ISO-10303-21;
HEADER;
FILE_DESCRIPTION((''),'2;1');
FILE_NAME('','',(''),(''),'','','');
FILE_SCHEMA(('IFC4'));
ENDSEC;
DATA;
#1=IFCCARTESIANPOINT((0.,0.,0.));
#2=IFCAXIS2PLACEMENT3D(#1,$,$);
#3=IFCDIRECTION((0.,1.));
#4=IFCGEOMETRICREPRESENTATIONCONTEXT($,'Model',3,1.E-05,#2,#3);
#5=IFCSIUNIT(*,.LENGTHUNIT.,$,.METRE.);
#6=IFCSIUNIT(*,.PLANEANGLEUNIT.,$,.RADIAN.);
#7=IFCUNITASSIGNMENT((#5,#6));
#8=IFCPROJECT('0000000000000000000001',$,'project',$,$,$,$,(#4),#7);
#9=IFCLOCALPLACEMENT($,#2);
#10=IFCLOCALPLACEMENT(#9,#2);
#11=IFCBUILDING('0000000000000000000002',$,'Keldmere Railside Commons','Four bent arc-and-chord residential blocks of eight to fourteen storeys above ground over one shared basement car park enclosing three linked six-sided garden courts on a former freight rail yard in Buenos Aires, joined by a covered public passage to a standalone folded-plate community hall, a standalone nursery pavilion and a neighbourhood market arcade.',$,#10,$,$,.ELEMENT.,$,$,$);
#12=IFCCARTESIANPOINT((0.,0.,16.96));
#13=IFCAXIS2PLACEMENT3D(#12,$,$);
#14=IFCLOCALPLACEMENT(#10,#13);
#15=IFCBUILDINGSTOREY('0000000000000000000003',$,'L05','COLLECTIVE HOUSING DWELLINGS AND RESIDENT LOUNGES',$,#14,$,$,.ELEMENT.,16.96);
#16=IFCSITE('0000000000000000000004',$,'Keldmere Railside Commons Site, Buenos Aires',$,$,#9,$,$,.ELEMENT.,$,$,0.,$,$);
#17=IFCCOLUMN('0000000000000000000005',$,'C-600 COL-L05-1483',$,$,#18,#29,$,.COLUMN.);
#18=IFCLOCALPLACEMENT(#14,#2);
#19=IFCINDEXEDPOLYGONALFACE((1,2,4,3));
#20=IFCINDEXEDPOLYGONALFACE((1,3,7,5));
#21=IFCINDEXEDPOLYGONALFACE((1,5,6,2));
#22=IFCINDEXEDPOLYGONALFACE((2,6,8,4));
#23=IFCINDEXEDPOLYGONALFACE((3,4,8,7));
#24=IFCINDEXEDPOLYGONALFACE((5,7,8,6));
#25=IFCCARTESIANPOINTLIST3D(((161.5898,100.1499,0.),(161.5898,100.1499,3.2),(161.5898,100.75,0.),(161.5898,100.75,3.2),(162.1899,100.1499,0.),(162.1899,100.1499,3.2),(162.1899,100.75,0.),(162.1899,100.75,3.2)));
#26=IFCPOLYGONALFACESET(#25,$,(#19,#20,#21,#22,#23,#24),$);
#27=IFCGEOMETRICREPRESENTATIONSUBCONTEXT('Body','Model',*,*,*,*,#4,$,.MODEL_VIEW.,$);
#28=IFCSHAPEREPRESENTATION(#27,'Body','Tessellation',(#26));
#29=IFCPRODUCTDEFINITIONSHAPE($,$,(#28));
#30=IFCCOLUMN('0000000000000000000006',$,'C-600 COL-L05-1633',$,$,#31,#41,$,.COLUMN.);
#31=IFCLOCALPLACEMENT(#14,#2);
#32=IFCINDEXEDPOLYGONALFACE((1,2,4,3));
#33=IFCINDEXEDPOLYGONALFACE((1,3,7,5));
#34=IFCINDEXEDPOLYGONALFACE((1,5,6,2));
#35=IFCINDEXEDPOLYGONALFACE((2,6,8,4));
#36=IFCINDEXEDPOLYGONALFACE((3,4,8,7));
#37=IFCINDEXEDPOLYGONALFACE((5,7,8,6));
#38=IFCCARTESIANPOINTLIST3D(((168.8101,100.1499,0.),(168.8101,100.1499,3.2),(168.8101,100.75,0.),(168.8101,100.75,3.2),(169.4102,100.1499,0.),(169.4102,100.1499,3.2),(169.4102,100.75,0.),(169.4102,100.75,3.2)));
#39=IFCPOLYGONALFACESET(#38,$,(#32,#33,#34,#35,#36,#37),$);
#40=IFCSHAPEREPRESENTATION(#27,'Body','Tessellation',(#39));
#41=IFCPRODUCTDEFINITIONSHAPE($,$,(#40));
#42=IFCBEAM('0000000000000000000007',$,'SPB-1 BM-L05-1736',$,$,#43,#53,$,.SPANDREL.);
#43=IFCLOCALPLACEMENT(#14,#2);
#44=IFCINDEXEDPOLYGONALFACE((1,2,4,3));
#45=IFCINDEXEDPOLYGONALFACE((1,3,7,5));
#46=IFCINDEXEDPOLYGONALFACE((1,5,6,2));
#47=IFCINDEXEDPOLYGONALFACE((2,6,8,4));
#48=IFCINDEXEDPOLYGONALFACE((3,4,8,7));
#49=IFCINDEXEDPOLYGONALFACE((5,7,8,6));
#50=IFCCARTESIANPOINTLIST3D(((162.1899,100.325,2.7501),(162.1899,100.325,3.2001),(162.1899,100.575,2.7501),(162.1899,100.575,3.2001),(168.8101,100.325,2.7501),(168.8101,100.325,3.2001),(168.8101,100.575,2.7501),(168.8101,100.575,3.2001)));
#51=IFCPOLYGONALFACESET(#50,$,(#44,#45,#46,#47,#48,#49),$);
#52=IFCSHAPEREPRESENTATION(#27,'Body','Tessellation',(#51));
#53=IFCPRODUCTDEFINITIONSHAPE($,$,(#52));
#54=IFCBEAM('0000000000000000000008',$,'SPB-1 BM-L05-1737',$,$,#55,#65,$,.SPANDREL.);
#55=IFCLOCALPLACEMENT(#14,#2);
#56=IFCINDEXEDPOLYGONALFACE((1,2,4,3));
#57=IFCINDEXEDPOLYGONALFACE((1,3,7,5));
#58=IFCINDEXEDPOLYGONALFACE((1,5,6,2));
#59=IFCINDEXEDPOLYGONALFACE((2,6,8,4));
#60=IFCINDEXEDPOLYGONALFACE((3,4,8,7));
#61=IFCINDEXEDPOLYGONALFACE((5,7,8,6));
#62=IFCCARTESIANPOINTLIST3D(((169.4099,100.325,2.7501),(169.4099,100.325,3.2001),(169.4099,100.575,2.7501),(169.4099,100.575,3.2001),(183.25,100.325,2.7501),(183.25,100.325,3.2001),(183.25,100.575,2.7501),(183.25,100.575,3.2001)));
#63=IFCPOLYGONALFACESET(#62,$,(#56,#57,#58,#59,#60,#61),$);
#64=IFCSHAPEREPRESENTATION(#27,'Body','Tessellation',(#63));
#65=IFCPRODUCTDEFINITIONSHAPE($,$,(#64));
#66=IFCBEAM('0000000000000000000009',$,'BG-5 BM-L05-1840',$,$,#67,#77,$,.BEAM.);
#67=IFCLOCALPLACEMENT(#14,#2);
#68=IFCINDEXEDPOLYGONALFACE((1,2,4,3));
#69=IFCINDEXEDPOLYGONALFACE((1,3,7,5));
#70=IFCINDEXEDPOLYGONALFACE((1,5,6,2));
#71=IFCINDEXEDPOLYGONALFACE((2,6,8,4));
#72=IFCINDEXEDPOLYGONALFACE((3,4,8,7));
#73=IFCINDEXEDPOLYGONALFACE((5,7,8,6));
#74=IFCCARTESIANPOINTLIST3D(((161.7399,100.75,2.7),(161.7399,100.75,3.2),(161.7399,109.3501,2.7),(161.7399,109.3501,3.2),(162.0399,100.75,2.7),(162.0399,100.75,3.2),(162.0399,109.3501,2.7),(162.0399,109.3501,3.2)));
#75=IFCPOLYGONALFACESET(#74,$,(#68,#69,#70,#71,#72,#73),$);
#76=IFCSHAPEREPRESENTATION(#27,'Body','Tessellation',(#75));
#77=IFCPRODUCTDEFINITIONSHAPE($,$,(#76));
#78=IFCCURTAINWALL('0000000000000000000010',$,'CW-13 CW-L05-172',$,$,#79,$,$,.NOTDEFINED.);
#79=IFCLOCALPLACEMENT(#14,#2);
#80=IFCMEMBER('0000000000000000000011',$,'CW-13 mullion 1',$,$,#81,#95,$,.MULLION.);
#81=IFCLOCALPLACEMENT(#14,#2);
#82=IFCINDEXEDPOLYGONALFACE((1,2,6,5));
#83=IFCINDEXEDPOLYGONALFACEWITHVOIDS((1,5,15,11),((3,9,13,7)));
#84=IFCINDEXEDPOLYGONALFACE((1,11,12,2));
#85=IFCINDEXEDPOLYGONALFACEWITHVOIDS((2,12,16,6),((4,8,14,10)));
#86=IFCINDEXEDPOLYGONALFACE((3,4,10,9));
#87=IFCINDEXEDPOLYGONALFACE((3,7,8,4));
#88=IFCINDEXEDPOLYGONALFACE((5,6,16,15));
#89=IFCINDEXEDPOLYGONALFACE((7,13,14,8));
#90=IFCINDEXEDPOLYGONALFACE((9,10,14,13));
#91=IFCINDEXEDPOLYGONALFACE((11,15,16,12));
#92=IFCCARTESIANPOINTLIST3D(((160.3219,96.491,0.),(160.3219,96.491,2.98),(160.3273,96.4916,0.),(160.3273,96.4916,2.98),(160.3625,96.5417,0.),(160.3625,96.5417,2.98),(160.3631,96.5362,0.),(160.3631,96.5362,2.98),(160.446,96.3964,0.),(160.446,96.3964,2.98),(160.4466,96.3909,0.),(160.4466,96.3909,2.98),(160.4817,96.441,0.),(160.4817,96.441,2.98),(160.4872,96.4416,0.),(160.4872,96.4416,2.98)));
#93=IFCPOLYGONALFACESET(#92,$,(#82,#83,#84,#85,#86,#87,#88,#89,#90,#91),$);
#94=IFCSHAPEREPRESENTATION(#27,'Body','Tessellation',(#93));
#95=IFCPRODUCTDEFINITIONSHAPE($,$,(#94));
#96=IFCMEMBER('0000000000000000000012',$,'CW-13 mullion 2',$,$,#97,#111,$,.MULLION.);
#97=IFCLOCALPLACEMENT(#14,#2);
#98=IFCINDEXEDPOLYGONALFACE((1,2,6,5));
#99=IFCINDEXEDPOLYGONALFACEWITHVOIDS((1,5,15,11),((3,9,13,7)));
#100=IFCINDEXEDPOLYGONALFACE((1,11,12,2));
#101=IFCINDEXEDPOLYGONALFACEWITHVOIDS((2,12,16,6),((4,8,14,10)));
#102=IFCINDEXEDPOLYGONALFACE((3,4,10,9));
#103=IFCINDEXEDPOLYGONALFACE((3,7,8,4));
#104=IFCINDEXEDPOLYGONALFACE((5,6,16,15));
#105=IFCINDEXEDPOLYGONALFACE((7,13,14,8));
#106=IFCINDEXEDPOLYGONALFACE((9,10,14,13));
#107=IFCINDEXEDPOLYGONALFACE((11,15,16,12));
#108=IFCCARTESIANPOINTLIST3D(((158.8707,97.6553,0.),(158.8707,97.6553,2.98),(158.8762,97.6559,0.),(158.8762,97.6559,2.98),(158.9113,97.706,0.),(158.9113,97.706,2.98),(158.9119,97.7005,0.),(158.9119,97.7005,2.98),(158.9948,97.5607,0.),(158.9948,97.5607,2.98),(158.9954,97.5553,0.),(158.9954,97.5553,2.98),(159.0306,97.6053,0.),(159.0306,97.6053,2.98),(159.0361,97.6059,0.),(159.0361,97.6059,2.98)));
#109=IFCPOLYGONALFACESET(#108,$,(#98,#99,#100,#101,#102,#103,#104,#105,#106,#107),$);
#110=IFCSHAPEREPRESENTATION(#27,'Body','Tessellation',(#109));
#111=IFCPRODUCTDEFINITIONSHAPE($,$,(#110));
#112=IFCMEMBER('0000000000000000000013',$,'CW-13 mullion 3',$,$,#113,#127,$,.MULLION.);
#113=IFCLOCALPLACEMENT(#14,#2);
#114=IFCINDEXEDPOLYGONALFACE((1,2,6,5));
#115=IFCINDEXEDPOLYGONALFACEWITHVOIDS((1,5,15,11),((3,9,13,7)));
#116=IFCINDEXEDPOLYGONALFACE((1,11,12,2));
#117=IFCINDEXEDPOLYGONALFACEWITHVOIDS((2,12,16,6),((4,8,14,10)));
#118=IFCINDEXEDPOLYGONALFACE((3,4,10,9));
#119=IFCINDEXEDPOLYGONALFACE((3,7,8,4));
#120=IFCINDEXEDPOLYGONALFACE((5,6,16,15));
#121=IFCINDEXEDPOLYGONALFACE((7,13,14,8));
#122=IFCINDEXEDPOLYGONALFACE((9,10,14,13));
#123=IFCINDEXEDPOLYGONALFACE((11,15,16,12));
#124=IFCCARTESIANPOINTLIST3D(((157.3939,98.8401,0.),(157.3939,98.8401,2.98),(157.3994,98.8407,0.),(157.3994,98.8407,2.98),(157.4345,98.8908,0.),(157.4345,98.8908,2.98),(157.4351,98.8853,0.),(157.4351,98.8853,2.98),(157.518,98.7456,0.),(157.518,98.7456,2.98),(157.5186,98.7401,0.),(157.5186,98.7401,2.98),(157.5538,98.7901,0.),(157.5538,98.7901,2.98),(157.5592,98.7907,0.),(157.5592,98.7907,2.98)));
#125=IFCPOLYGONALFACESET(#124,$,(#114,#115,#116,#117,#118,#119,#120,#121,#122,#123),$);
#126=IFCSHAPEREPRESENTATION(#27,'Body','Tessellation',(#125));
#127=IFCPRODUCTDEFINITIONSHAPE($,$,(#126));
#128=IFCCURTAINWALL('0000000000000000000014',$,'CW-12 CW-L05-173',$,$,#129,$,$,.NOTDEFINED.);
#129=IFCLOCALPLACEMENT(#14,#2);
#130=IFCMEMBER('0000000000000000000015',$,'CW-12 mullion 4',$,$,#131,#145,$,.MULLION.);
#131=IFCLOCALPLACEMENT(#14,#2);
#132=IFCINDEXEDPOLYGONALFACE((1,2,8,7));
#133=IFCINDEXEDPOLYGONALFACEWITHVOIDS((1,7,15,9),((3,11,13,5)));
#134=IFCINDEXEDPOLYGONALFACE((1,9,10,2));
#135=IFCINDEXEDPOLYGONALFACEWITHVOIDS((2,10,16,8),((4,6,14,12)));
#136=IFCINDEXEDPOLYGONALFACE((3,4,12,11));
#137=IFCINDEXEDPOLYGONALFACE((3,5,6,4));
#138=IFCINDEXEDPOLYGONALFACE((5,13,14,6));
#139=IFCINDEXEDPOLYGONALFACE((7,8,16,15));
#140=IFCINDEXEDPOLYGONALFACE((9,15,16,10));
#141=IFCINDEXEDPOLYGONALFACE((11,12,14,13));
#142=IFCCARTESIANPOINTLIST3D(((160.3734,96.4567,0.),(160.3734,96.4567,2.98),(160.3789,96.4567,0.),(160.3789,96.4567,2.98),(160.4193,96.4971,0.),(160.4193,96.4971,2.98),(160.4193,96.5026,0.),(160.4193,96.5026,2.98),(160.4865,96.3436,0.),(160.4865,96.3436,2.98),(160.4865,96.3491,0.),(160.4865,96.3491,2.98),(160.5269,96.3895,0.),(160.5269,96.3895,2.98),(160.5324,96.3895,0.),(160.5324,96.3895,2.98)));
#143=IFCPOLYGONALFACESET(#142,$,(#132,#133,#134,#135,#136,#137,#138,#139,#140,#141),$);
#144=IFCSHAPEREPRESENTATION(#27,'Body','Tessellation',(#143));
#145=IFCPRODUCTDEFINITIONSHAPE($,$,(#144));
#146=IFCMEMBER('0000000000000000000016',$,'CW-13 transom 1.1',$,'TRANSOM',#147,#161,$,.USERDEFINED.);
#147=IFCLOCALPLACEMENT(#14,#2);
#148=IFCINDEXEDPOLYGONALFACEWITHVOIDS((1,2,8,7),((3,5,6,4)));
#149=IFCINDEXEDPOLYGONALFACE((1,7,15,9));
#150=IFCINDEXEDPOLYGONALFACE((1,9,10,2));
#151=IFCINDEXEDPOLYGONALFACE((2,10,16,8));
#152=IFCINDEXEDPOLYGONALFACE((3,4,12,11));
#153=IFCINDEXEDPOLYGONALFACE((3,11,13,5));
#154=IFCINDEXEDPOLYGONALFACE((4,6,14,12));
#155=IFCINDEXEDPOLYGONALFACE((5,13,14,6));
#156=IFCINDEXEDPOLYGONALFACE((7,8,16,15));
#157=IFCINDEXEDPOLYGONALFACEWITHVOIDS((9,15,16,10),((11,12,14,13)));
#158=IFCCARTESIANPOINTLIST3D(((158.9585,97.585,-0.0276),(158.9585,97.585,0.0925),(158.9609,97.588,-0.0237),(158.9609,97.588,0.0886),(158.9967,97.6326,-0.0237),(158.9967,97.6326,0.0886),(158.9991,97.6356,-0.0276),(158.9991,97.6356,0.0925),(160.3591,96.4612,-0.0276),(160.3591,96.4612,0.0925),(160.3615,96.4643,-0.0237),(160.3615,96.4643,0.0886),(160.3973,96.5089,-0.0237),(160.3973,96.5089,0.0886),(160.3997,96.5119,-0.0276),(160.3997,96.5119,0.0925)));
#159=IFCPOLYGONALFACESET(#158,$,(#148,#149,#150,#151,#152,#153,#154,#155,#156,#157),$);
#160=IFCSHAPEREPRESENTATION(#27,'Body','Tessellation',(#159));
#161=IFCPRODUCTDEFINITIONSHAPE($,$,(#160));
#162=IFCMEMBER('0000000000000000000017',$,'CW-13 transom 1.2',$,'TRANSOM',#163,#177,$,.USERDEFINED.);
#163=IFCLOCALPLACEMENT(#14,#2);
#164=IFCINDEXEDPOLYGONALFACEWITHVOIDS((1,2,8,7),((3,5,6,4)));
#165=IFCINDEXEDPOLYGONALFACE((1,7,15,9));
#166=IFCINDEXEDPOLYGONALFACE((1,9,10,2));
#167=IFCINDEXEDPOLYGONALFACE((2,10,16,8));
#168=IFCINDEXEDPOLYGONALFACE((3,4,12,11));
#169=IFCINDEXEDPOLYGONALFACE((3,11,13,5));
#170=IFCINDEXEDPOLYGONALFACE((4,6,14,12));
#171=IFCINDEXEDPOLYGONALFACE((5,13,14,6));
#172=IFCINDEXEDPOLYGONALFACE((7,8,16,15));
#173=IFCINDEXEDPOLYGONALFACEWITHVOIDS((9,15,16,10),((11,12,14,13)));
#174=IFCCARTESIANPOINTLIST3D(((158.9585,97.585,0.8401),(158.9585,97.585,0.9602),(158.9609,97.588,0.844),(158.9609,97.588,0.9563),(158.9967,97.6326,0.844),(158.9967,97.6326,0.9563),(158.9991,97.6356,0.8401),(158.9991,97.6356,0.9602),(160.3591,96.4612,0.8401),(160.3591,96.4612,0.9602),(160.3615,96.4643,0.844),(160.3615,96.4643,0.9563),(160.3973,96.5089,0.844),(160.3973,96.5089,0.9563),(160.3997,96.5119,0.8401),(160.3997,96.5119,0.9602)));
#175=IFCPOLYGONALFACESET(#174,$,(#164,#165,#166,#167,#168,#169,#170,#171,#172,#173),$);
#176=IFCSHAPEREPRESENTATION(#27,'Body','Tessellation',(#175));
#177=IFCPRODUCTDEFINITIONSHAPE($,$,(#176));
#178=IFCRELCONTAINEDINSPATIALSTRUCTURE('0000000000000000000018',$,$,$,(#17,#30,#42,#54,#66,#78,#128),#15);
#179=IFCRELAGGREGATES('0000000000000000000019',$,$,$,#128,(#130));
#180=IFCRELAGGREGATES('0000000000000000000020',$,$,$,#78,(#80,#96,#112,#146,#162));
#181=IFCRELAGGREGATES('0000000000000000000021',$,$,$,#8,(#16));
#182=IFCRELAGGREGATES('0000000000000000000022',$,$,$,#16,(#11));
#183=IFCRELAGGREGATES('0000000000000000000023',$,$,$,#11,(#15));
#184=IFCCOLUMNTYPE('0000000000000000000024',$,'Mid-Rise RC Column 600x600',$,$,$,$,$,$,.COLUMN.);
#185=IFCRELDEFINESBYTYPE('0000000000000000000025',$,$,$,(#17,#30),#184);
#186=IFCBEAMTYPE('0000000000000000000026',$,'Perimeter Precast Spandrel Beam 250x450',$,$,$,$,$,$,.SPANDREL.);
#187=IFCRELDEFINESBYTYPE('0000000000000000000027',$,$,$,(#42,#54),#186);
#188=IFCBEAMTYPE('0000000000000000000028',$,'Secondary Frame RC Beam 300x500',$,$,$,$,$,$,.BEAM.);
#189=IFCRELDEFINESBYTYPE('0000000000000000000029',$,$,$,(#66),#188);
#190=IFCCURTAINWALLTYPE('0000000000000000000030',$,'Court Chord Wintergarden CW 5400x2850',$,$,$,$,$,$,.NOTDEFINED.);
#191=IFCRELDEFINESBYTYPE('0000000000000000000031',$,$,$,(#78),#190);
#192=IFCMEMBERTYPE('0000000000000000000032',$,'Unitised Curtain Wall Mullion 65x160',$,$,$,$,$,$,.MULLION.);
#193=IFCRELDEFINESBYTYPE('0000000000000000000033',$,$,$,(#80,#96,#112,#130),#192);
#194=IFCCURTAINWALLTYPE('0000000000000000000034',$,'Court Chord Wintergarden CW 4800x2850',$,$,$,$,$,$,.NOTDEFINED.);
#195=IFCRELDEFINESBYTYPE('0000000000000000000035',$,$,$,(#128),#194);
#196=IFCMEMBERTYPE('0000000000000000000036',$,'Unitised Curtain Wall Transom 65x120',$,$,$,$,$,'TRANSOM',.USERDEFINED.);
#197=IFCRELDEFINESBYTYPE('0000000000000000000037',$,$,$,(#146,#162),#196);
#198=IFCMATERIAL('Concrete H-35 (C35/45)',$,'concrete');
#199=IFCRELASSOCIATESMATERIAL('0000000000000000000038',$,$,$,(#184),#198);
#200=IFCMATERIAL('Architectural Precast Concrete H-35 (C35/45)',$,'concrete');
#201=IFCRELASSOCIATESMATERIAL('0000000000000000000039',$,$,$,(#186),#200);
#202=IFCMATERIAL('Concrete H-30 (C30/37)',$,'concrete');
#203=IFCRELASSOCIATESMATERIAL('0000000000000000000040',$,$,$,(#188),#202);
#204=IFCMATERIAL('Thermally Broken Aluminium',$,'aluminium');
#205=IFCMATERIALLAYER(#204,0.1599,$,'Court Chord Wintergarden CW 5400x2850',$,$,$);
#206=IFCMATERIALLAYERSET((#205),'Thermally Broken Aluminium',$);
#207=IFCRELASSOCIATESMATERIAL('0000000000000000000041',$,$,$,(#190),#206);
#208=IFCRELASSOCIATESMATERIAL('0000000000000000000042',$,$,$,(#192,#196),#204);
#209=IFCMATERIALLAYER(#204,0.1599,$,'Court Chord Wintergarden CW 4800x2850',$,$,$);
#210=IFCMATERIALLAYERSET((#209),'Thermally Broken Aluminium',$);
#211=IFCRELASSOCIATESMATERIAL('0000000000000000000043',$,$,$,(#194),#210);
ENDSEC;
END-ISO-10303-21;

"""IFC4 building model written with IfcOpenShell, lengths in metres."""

from ifc_helpers import new_model, si_unit, direction, frame, origin, origin_2d, place, context, subcontext, project, spatial, rectangle, hollow_rectangle, extrude, material, layer, layer_set, material_profile, profile_set, type_object, element, aggregate, save


model = new_model("IFC4")

# Units and contexts
model_context = context("Model", 3, precision=1e-05, world=origin(), true_north=direction((0.0, 1.0)))
body_context = subcontext(model_context, "Body", "Model", "MODEL_VIEW")
ifc_project = project(units=[si_unit("LENGTHUNIT", "METRE"), si_unit("PLANEANGLEUNIT", "RADIAN")], contexts=[model_context])

# Site, building, storey
site_placement = place(None, origin())
site = spatial("IfcSite", under=ifc_project, at=site_placement, Name="Keldmere Railside Commons Site, Buenos Aires", CompositionType="ELEMENT", RefElevation=0.0)
building_placement = place(site_placement, origin())
building = spatial("IfcBuilding", under=site, at=building_placement, Name="Keldmere Railside Commons", Description="Four bent arc-and-chord residential blocks of eight to fourteen storeys above ground over one shared basement car park enclosing three linked six-sided garden courts on a former freight rail yard in Buenos Aires, joined by a covered public passage to a standalone folded-plate community hall, a standalone nursery pavilion and a neighbourhood market arcade.", CompositionType="ELEMENT")
storey_placement = place(building_placement, frame((0.0, 0.0, 16.96)))
storey = spatial("IfcBuildingStorey", under=building, at=storey_placement, Name="L05", Description="COLLECTIVE HOUSING DWELLINGS AND RESIDENT LOUNGES", CompositionType="ELEMENT", Elevation=16.96)

# Columns
ifc_material_1 = material(Name="Concrete H-35 (C35/45)", Category="concrete")
ifc_material_profile_1 = material_profile(ifc_material_1, rectangle(XDim=0.6001, YDim=0.6001, at=origin_2d()), Name="RC-600x600")
ifc_profile_set_1 = profile_set([ifc_material_profile_1], Name="Concrete H-35 (C35/45)")
column_type = type_object("IfcColumnType", Name="Mid-Rise RC Column 600x600", PredefinedType="COLUMN", material=ifc_profile_set_1)
for number, where, z_axis, x_axis, name in (
    (1, (161.8899, 100.45, 0.0), (0.0, 0.0, 1.0), (1.0, 0.0, 0.0), "C-600 COL-L05-1483"),
    (2, (169.1101, 100.45, 0.0), (0.0, 0.0, 1.0), (1.0, 0.0, 0.0), "C-600 COL-L05-1633"),
):
    element("IfcColumn", number, at=place(storey_placement, frame(where, z_axis=z_axis, x_axis=x_axis)), inside=storey, type_object=column_type, Name=name, PredefinedType="COLUMN", context=body_context, shape_type="SweptSolid", body=[
        extrude(rectangle(XDim=0.6001, YDim=0.6001, at=origin_2d()), origin(), (0.0, 0.0, 1.0), 3.2),
    ])

# Beams
ifc_material_2 = material(Name="Architectural Precast Concrete H-35 (C35/45)", Category="concrete")
ifc_material_profile_2 = material_profile(ifc_material_2, rectangle(XDim=0.25, YDim=0.45, at=origin_2d()), Name="RC-250x450")
ifc_profile_set_2 = profile_set([ifc_material_profile_2], Name="Architectural Precast Concrete H-35 (C35/45)")
beam_type_1 = type_object("IfcBeamType", Name="Perimeter Precast Spandrel Beam 250x450", PredefinedType="SPANDREL", material=ifc_profile_set_2)
beam_1_placement = place(storey_placement, frame((162.1899, 100.45, 2.9751), z_axis=(1.0, 0.0, 0.0), x_axis=(0.0, 1.0, 0.0)))
element("IfcBeam", 3, at=beam_1_placement, inside=storey, type_object=beam_type_1, Name="SPB-1 BM-L05-1736", PredefinedType="SPANDREL", context=body_context, shape_type="SweptSolid", body=[
    extrude(rectangle(XDim=0.25, YDim=0.45, at=origin_2d()), origin(), (0.0, 0.0, 1.0), 6.6201),
])
beam_2_placement = place(storey_placement, frame((169.4099, 100.45, 2.9751), z_axis=(1.0, 0.0, 0.0), x_axis=(0.0, 1.0, 0.0)))
element("IfcBeam", 4, at=beam_2_placement, inside=storey, type_object=beam_type_1, Name="SPB-1 BM-L05-1737", PredefinedType="SPANDREL", context=body_context, shape_type="SweptSolid", body=[
    extrude(rectangle(XDim=0.25, YDim=0.45, at=origin_2d()), origin(), (0.0, 0.0, 1.0), 13.8401),
])
ifc_material_3 = material(Name="Concrete H-30 (C30/37)", Category="concrete")
ifc_material_profile_3 = material_profile(ifc_material_3, rectangle(XDim=0.3, YDim=0.5, at=origin_2d()), Name="RC-300x500")
ifc_profile_set_3 = profile_set([ifc_material_profile_3], Name="Concrete H-30 (C30/37)")
beam_type_2 = type_object("IfcBeamType", Name="Secondary Frame RC Beam 300x500", PredefinedType="BEAM", material=ifc_profile_set_3)
beam_3_placement = place(storey_placement, frame((161.8899, 100.75, 2.95), z_axis=(0.0, 1.0, 0.0), x_axis=(-1.0, 0.0, 0.0)))
element("IfcBeam", 5, at=beam_3_placement, inside=storey, type_object=beam_type_2, Name="BG-5 BM-L05-1840", PredefinedType="BEAM", context=body_context, shape_type="SweptSolid", body=[
    extrude(rectangle(XDim=0.3, YDim=0.5, at=origin_2d()), origin(), (0.0, 0.0, 1.0), 8.6001),
])

# Curtain wall, members
ifc_material_4 = material(Name="Thermally Broken Aluminium", Category="aluminium")
ifc_layer_1 = layer(ifc_material_4, 0.1599, Name="Court Chord Wintergarden CW 5400x2850")
ifc_layer_set_1 = layer_set([ifc_layer_1], Name="Thermally Broken Aluminium")
curtain_wall_type_1 = type_object("IfcCurtainWallType", Name="Court Chord Wintergarden CW 5400x2850", PredefinedType="NOTDEFINED", material=ifc_layer_set_1)
curtain_wall_1_placement = place(storey_placement, origin())
curtain_wall_1 = element("IfcCurtainWall", 6, at=curtain_wall_1_placement, inside=storey, type_object=curtain_wall_type_1, Name="CW-13 CW-L05-172", PredefinedType="NOTDEFINED")
ifc_material_profile_4 = material_profile(ifc_material_4, hollow_rectangle(XDim=0.0649, YDim=0.1599, WallThickness=0.0039, at=origin_2d()), Name="ALU-MULL-65x160")
ifc_profile_set_4 = profile_set([ifc_material_profile_4], Name="Thermally Broken Aluminium")
member_type_1 = type_object("IfcMemberType", Name="Unitised Curtain Wall Mullion 65x160", PredefinedType="MULLION", material=ifc_profile_set_4)
member_1_placement = place(storey_placement, frame((160.4045, 96.4663, 0.0), z_axis=(0.0, 0.0, 1.0), x_axis=(-0.625768, -0.780009, 0.0)))
member_1 = element("IfcMember", 7, at=member_1_placement, type_object=member_type_1, Name="CW-13 mullion 1", PredefinedType="MULLION", context=body_context, shape_type="SweptSolid", body=[
    extrude(hollow_rectangle(XDim=0.0649, YDim=0.1599, WallThickness=0.0039, at=origin_2d()), origin(), (0.0, 0.0, 1.0), 2.98),
])
member_2_placement = place(storey_placement, frame((158.9534, 97.6306, 0.0), z_axis=(0.0, 0.0, 1.0), x_axis=(-0.625768, -0.780009, 0.0)))
member_2 = element("IfcMember", 8, at=member_2_placement, type_object=member_type_1, Name="CW-13 mullion 2", PredefinedType="MULLION", context=body_context, shape_type="SweptSolid", body=[
    extrude(hollow_rectangle(XDim=0.0649, YDim=0.1599, WallThickness=0.0039, at=origin_2d()), origin(), (0.0, 0.0, 1.0), 2.98),
])
member_3_placement = place(storey_placement, frame((157.4766, 98.8154, 0.0), z_axis=(0.0, 0.0, 1.0), x_axis=(-0.625768, -0.780009, 0.0)))
member_3 = element("IfcMember", 9, at=member_3_placement, type_object=member_type_1, Name="CW-13 mullion 3", PredefinedType="MULLION", context=body_context, shape_type="SweptSolid", body=[
    extrude(hollow_rectangle(XDim=0.0649, YDim=0.1599, WallThickness=0.0039, at=origin_2d()), origin(), (0.0, 0.0, 1.0), 2.98),
])

# Curtain wall, member
ifc_layer_2 = layer(ifc_material_4, 0.1599, Name="Court Chord Wintergarden CW 4800x2850")
ifc_layer_set_2 = layer_set([ifc_layer_2], Name="Thermally Broken Aluminium")
curtain_wall_type_2 = type_object("IfcCurtainWallType", Name="Court Chord Wintergarden CW 4800x2850", PredefinedType="NOTDEFINED", material=ifc_layer_set_2)
curtain_wall_2_placement = place(storey_placement, origin())
curtain_wall_2 = element("IfcCurtainWall", 10, at=curtain_wall_2_placement, inside=storey, type_object=curtain_wall_type_2, Name="CW-12 CW-L05-173", PredefinedType="NOTDEFINED")
member_4_placement = place(storey_placement, frame((160.4529, 96.4231, 0.0), z_axis=(0.0, 0.0, 1.0), x_axis=(-0.707107, -0.707107, 0.0)))
member_4 = element("IfcMember", 11, at=member_4_placement, type_object=member_type_1, Name="CW-12 mullion 4", PredefinedType="MULLION", context=body_context, shape_type="SweptSolid", body=[
    extrude(hollow_rectangle(XDim=0.0649, YDim=0.1599, WallThickness=0.0039, at=origin_2d()), origin(), (0.0, 0.0, 1.0), 2.98),
])
aggregate(curtain_wall_2, [member_4])

# Members
ifc_material_profile_5 = material_profile(ifc_material_4, hollow_rectangle(XDim=0.0649, YDim=0.1201, WallThickness=0.0039, at=origin_2d()), Name="ALU-TRAN-65x120")
ifc_profile_set_5 = profile_set([ifc_material_profile_5], Name="Thermally Broken Aluminium")
member_type_2 = type_object("IfcMemberType", Name="Unitised Curtain Wall Transom 65x120", ElementType="TRANSOM", PredefinedType="USERDEFINED", material=ifc_profile_set_5)
member_5_placement = place(storey_placement, frame((160.3794, 96.4866, 0.0325), z_axis=(-0.779979, 0.625805, 0.0), x_axis=(-0.625805, -0.779979, 0.0)))
member_5 = element("IfcMember", 12, at=member_5_placement, type_object=member_type_2, Name="CW-13 transom 1.1", ObjectType="TRANSOM", PredefinedType="USERDEFINED", context=body_context, shape_type="SweptSolid", body=[
    extrude(hollow_rectangle(XDim=0.0649, YDim=0.1201, WallThickness=0.0039, at=origin_2d()), origin(), (0.0, 0.0, 1.0), 1.7957),
])
member_6_placement = place(storey_placement, frame((160.3794, 96.4866, 0.9001), z_axis=(-0.779979, 0.625805, 0.0), x_axis=(-0.625805, -0.779979, 0.0)))
member_6 = element("IfcMember", 13, at=member_6_placement, type_object=member_type_2, Name="CW-13 transom 1.2", ObjectType="TRANSOM", PredefinedType="USERDEFINED", context=body_context, shape_type="SweptSolid", body=[
    extrude(hollow_rectangle(XDim=0.0649, YDim=0.1201, WallThickness=0.0039, at=origin_2d()), origin(), (0.0, 0.0, 1.0), 1.7957),
])

aggregate(curtain_wall_1, [member_1, member_2, member_3, member_5, member_6])

save(model, "model.ifc")
